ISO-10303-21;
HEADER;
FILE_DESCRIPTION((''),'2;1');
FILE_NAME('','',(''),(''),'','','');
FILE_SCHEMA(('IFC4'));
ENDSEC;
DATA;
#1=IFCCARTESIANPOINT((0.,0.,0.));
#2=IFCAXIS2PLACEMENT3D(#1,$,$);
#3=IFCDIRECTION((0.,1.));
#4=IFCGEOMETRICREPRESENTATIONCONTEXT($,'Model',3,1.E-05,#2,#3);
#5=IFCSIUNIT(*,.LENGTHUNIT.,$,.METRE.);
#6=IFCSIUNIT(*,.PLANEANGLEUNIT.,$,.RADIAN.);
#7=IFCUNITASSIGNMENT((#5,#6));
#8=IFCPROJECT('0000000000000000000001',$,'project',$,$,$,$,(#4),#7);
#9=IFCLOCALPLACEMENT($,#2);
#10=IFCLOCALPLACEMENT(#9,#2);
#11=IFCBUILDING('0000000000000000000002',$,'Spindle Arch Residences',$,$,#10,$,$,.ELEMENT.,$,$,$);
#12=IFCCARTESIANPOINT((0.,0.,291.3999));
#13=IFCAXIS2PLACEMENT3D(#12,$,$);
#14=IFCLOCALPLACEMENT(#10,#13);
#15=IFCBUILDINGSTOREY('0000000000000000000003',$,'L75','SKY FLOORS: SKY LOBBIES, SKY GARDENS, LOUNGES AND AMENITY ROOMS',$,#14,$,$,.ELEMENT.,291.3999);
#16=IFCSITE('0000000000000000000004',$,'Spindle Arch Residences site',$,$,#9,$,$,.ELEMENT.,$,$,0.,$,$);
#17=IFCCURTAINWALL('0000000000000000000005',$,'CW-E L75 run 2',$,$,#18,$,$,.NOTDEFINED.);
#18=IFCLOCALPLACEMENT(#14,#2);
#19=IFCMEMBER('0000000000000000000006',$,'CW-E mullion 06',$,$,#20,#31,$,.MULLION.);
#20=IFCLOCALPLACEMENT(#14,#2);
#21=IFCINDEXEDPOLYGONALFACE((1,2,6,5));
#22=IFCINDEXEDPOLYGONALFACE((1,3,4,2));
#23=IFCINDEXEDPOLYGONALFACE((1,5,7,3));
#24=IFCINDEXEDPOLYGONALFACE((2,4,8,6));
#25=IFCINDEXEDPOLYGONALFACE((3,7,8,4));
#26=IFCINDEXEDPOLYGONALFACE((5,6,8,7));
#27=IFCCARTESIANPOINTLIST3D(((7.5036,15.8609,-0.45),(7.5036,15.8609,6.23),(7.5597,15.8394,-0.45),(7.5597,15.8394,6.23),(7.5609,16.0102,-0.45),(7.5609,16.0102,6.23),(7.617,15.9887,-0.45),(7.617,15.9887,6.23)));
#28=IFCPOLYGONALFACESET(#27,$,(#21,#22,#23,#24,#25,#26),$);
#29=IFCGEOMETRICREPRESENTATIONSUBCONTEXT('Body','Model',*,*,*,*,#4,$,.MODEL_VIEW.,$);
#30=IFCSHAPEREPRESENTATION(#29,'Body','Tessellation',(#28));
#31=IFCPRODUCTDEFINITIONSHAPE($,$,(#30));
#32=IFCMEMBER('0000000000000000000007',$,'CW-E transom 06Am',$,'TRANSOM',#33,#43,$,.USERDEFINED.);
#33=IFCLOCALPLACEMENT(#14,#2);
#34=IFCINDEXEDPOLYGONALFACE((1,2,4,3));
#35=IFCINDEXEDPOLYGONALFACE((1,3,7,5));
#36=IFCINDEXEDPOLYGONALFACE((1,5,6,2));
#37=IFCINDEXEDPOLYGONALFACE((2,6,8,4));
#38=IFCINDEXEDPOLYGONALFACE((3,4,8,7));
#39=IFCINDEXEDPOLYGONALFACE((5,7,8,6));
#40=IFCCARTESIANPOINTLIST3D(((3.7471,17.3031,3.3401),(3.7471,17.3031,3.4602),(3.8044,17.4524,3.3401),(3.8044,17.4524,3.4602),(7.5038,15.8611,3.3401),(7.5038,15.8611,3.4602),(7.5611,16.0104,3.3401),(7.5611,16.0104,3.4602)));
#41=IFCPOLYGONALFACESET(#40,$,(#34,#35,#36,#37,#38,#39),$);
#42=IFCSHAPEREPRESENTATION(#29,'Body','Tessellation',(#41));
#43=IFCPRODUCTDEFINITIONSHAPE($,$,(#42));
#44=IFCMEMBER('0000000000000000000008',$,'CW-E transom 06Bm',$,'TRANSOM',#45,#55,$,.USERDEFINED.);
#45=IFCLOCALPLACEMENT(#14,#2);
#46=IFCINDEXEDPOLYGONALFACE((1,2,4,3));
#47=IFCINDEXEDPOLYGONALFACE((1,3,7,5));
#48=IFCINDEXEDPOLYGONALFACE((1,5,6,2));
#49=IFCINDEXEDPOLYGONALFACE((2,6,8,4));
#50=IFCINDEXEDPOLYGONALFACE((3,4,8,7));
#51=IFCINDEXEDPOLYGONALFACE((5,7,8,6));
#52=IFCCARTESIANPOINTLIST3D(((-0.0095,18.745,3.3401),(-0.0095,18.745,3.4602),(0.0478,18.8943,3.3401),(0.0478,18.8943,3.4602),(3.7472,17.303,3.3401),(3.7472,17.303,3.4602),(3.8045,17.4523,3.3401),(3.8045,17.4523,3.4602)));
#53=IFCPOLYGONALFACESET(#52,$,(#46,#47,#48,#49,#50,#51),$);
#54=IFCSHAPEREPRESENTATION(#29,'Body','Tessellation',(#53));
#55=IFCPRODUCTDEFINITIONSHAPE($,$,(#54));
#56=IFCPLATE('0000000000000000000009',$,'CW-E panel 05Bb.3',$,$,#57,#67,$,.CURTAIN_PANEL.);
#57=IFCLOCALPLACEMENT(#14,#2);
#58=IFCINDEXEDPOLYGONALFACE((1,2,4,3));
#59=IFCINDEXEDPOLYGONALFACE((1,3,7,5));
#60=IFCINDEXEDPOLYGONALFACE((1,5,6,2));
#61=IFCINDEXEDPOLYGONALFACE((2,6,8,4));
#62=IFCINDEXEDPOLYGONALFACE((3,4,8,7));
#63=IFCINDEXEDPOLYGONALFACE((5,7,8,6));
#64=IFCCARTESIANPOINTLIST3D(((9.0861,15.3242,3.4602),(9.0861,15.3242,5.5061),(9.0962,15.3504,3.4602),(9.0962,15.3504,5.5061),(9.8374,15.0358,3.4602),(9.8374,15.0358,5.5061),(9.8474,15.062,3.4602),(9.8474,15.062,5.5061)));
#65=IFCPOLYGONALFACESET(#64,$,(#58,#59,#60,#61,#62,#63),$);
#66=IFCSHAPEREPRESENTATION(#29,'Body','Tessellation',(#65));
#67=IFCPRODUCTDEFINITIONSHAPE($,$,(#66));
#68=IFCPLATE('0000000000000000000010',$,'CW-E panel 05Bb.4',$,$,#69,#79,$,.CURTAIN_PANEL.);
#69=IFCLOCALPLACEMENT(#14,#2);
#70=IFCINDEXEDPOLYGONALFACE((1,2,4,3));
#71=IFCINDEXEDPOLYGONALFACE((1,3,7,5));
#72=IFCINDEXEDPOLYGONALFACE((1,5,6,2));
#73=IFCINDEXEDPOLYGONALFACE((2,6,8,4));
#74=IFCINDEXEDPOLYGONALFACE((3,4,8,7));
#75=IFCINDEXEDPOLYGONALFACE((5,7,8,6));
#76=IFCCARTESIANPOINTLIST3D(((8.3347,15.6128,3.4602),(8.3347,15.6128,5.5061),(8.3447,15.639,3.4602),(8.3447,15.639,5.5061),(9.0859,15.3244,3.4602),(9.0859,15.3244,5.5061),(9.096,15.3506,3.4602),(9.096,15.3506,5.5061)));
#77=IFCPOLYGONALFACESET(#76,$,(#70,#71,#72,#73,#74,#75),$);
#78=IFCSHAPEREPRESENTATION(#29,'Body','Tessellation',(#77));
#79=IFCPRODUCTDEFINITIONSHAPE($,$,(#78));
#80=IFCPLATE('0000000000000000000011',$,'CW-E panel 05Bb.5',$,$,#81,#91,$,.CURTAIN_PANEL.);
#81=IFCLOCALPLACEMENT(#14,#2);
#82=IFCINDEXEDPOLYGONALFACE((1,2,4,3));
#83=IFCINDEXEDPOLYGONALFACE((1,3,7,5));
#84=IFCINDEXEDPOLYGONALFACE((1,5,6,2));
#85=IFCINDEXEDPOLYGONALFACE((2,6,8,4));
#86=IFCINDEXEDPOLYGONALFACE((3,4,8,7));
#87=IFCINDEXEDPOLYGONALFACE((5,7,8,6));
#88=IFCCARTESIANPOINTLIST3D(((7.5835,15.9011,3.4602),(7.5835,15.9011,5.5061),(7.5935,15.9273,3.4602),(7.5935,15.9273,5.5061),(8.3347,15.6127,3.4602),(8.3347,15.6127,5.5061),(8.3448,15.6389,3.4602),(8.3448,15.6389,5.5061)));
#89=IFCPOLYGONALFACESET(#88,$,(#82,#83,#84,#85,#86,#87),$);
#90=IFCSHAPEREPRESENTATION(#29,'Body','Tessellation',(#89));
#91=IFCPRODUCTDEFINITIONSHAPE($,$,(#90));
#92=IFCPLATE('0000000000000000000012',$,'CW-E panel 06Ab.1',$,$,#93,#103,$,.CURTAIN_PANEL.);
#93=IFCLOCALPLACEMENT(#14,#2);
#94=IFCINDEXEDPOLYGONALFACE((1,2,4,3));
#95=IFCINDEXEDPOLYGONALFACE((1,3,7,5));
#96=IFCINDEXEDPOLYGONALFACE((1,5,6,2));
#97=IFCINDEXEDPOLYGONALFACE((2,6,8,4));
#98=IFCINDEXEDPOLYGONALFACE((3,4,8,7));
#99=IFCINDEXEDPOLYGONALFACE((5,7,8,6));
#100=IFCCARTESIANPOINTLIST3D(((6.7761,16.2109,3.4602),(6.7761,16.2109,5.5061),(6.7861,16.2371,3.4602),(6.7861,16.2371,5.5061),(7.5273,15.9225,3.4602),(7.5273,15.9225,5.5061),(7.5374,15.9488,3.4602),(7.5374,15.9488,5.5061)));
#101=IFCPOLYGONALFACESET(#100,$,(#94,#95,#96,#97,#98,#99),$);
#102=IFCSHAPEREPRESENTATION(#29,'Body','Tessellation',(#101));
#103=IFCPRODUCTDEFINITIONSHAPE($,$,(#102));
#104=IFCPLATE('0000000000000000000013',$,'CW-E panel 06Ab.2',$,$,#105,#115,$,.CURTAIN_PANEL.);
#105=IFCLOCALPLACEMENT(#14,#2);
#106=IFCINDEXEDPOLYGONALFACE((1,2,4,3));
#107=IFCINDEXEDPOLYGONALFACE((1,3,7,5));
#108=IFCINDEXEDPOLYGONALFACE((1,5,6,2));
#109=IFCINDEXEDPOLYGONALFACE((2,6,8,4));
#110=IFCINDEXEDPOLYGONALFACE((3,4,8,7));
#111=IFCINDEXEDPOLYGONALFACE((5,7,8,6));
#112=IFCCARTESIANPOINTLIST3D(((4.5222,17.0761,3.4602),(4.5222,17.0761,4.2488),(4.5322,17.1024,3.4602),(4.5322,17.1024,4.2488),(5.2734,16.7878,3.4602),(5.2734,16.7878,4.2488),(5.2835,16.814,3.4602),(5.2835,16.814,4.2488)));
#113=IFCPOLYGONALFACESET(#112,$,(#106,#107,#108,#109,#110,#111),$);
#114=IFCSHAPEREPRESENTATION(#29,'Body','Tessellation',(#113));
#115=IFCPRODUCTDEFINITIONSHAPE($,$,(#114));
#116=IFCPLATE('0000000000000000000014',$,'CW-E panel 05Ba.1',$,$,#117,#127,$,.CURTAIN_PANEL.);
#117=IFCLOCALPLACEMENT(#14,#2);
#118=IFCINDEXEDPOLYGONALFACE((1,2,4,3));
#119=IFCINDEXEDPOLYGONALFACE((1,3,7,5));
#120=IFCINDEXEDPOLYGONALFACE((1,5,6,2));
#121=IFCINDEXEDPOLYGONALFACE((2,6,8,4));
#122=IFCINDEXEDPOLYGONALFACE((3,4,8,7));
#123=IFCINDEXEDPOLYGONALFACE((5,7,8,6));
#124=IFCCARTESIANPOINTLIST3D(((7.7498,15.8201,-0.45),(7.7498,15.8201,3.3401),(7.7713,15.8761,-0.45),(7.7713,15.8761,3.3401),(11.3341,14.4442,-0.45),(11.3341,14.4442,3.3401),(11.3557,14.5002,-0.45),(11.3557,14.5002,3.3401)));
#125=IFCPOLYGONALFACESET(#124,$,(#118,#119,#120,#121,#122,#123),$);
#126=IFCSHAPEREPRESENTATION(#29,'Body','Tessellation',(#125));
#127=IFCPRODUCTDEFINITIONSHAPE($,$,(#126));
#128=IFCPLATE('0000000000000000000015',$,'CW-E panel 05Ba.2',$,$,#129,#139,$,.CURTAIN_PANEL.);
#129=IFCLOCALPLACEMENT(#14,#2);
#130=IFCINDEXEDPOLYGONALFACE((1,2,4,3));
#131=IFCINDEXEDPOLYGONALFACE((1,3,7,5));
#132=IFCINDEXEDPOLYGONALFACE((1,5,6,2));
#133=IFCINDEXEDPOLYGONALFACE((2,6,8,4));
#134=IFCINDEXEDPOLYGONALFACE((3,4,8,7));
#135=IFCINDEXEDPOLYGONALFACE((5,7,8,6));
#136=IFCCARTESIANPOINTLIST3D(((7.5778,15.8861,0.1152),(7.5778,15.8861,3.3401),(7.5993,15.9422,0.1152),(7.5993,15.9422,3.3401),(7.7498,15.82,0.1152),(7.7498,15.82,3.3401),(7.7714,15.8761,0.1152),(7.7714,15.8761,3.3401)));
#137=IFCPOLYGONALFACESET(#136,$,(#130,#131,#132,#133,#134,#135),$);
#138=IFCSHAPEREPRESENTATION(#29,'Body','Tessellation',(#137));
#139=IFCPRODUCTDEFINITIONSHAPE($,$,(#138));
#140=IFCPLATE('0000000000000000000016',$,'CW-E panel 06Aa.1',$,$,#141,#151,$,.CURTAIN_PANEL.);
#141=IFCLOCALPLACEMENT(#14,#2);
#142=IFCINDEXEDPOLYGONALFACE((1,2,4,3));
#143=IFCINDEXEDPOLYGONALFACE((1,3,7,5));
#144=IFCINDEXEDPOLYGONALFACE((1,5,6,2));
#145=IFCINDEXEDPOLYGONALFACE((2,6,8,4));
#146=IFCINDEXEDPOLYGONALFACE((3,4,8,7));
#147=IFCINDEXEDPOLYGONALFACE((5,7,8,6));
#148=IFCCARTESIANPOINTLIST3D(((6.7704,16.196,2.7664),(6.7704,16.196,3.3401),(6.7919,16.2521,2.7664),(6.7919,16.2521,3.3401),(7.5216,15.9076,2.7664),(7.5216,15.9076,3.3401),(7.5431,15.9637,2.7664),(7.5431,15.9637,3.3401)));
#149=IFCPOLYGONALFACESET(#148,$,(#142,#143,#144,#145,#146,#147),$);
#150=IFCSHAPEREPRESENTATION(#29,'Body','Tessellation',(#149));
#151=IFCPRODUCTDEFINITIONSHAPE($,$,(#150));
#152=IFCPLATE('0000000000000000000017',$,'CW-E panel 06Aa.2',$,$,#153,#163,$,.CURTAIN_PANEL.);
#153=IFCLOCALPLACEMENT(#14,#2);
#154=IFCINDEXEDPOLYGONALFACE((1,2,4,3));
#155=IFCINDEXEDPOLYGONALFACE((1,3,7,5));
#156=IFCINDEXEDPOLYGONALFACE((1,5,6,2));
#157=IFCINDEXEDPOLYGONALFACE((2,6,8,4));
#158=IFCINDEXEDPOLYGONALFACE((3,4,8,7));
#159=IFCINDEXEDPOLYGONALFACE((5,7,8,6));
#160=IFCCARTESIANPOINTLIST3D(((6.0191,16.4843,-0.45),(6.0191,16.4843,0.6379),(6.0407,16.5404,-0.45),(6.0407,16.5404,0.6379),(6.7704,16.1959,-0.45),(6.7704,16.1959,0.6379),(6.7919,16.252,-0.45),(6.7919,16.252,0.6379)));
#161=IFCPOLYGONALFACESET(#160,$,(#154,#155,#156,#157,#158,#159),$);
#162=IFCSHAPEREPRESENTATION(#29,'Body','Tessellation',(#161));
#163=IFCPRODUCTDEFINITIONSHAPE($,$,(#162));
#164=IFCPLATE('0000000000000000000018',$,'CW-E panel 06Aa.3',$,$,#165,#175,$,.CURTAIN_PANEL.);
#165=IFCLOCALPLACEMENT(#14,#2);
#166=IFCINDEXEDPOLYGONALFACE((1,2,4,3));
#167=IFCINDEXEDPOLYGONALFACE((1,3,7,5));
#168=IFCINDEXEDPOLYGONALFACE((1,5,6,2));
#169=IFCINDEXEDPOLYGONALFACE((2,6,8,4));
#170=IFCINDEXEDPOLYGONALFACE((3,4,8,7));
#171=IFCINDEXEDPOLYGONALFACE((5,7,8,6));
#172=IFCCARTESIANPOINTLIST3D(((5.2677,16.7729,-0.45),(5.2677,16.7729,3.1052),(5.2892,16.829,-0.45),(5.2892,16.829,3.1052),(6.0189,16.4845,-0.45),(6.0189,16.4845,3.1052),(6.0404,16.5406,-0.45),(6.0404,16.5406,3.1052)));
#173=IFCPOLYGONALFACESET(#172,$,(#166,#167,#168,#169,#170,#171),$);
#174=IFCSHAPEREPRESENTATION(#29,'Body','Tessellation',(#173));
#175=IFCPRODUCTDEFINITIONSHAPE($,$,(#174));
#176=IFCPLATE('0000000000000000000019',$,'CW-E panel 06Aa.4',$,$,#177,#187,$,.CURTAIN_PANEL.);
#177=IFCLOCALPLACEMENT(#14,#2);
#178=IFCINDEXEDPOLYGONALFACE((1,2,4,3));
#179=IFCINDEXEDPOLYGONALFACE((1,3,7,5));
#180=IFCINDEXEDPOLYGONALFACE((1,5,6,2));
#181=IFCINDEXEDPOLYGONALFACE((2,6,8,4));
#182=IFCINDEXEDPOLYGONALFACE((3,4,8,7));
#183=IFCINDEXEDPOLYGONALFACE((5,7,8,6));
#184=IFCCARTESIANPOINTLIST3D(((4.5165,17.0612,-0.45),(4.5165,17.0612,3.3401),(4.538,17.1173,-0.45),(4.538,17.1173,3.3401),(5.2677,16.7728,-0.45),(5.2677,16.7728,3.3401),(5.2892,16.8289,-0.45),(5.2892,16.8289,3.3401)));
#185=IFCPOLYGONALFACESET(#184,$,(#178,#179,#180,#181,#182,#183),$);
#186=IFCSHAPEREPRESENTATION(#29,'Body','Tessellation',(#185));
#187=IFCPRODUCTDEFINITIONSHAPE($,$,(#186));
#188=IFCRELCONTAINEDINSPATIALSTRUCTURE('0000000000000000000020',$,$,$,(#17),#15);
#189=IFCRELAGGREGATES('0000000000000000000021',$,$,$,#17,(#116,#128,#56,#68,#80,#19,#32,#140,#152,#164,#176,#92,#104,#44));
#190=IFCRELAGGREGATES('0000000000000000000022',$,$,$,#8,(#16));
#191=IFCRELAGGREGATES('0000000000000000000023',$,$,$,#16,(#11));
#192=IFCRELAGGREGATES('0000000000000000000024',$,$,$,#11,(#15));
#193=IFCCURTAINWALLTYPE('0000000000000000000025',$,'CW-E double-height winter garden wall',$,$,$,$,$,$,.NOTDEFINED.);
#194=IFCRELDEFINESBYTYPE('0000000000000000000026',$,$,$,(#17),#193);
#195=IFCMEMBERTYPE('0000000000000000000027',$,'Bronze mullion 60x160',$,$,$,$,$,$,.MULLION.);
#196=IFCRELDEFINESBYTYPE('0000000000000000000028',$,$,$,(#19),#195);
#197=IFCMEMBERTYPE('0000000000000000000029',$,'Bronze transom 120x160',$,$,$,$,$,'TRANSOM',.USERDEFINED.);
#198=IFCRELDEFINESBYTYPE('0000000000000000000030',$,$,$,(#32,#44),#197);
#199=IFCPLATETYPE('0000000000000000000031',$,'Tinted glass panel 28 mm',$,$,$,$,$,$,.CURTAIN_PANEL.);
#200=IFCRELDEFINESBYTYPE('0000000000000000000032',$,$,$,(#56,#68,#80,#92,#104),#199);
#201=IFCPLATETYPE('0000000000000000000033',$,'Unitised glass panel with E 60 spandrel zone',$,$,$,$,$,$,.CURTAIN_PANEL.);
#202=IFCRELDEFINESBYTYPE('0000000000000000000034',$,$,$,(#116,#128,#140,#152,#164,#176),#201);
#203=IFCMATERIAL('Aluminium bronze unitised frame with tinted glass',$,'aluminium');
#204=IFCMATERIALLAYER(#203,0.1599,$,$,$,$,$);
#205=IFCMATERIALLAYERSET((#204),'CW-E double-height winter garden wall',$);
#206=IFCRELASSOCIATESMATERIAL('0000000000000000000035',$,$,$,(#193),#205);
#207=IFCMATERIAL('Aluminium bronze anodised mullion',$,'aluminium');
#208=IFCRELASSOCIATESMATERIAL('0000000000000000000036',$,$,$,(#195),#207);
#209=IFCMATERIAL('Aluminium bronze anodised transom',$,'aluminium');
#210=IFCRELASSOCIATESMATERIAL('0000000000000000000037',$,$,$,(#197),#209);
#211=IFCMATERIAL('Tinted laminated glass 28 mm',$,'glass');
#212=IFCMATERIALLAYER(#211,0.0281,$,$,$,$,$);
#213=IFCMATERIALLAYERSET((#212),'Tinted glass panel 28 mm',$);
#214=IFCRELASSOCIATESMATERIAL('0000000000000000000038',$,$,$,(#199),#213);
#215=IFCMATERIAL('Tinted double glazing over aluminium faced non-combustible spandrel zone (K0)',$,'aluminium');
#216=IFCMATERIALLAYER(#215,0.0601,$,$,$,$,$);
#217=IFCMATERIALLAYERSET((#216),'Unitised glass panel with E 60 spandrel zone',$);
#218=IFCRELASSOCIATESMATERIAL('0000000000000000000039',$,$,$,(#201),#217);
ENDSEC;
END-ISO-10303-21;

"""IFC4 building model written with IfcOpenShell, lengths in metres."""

from ifc_helpers import new_model, si_unit, direction, frame, origin, origin_2d, place, context, subcontext, project, spatial, rectangle, extrude, material, layer, layer_set, material_profile, profile_set, type_object, element, aggregate, save


model = new_model("IFC4")

# Units and contexts
model_context = context("Model", 3, precision=1e-05, world=origin(), true_north=direction((0.0, 1.0)))
body_context = subcontext(model_context, "Body", "Model", "MODEL_VIEW")
ifc_project = project(units=[si_unit("LENGTHUNIT", "METRE"), si_unit("PLANEANGLEUNIT", "RADIAN")], contexts=[model_context])

# Site, building, storey
site_placement = place(None, origin())
site = spatial("IfcSite", under=ifc_project, at=site_placement, Name="Spindle Arch Residences site", CompositionType="ELEMENT", RefElevation=0.0)
building_placement = place(site_placement, origin())
building = spatial("IfcBuilding", under=site, at=building_placement, Name="Spindle Arch Residences", CompositionType="ELEMENT")
storey_placement = place(building_placement, frame((0.0, 0.0, 291.3999)))
storey = spatial("IfcBuildingStorey", under=building, at=storey_placement, Name="L75", Description="SKY FLOORS: SKY LOBBIES, SKY GARDENS, LOUNGES AND AMENITY ROOMS", CompositionType="ELEMENT", Elevation=291.3999)

# Curtain wall, members, plates
ifc_material_1 = material(Name="Aluminium bronze unitised frame with tinted glass", Category="aluminium")
ifc_layer_1 = layer(ifc_material_1, 0.1599)
ifc_layer_set_1 = layer_set([ifc_layer_1], Name="CW-E double-height winter garden wall")
curtain_wall_type = type_object("IfcCurtainWallType", Name="CW-E double-height winter garden wall", PredefinedType="NOTDEFINED", material=ifc_layer_set_1)
curtain_wall_placement = place(storey_placement, origin())
curtain_wall = element("IfcCurtainWall", 1, at=curtain_wall_placement, inside=storey, type_object=curtain_wall_type, Name="CW-E L75 run 2", PredefinedType="NOTDEFINED")
ifc_material_2 = material(Name="Aluminium bronze anodised mullion", Category="aluminium")
ifc_material_profile_1 = material_profile(ifc_material_2, rectangle(XDim=0.1599, YDim=0.0601, at=origin_2d()), Name="MU 60x160")
ifc_profile_set_1 = profile_set([ifc_material_profile_1], Name="Aluminium bronze anodised mullion")
member_type_1 = type_object("IfcMemberType", Name="Bronze mullion 60x160", PredefinedType="MULLION", material=ifc_profile_set_1)
member_1_placement = place(storey_placement, frame((7.5603, 15.9248, -0.45), z_axis=(0.0, 0.0, 1.0), x_axis=(-0.358368, -0.93358, 0.0)))
member_1 = element("IfcMember", 2, at=member_1_placement, type_object=member_type_1, Name="CW-E mullion 06", PredefinedType="MULLION", context=body_context, shape_type="SweptSolid", body=[
    extrude(rectangle(XDim=0.1599, YDim=0.0601, at=origin_2d()), origin(), (0.0, 0.0, 1.0), 6.6799),
])
ifc_material_3 = material(Name="Aluminium bronze anodised transom", Category="aluminium")
ifc_material_profile_2 = material_profile(ifc_material_3, rectangle(XDim=0.1599, YDim=0.1201, at=origin_2d()), Name="TR 120x160")
ifc_profile_set_2 = profile_set([ifc_material_profile_2], Name="Aluminium bronze anodised transom")
member_type_2 = type_object("IfcMemberType", Name="Bronze transom 120x160", ElementType="TRANSOM", PredefinedType="USERDEFINED", material=ifc_profile_set_2)
member_2_placement = place(storey_placement, frame((7.5325, 15.9358, 3.4001), z_axis=(-0.933591, 0.358341, 0.0), x_axis=(-0.358341, -0.933591, 0.0)))
member_2 = element("IfcMember", 3, at=member_2_placement, type_object=member_type_2, Name="CW-E transom 06Am", ObjectType="TRANSOM", PredefinedType="USERDEFINED", context=body_context, shape_type="SweptSolid", body=[
    extrude(rectangle(XDim=0.1599, YDim=0.1201, at=origin_2d()), origin(), (0.0, 0.0, 1.0), 4.0239),
])
member_3_placement = place(storey_placement, frame((3.7759, 17.3777, 3.4001), z_axis=(-0.933591, 0.358341, 0.0), x_axis=(-0.358341, -0.933591, 0.0)))
member_3 = element("IfcMember", 4, at=member_3_placement, type_object=member_type_2, Name="CW-E transom 06Bm", ObjectType="TRANSOM", PredefinedType="USERDEFINED", context=body_context, shape_type="SweptSolid", body=[
    extrude(rectangle(XDim=0.1599, YDim=0.1201, at=origin_2d()), origin(), (0.0, 0.0, 1.0), 4.0239),
])
ifc_material_4 = material(Name="Tinted laminated glass 28 mm", Category="glass")
ifc_layer_2 = layer(ifc_material_4, 0.0281)
ifc_layer_set_2 = layer_set([ifc_layer_2], Name="Tinted glass panel 28 mm")
plate_type_1 = type_object("IfcPlateType", Name="Tinted glass panel 28 mm", PredefinedType="CURTAIN_PANEL", material=ifc_layer_set_2)
plate_1_placement = place(storey_placement, frame((9.4668, 15.1931, 3.4602), z_axis=(0.0, 0.0, 1.0), x_axis=(-0.93358, 0.358368, 0.0)))
plate_1 = element("IfcPlate", 5, at=plate_1_placement, type_object=plate_type_1, Name="CW-E panel 05Bb.3", PredefinedType="CURTAIN_PANEL", context=body_context, shape_type="SweptSolid", body=[
    extrude(rectangle(XDim=0.8047, YDim=0.0281, at=origin_2d()), origin(), (0.0, 0.0, 1.0), 2.0459),
])
plate_2_placement = place(storey_placement, frame((8.7153, 15.4817, 3.4602), z_axis=(0.0, 0.0, 1.0), x_axis=(-0.93358, 0.358368, 0.0)))
plate_2 = element("IfcPlate", 6, at=plate_2_placement, type_object=plate_type_1, Name="CW-E panel 05Bb.4", PredefinedType="CURTAIN_PANEL", context=body_context, shape_type="SweptSolid", body=[
    extrude(rectangle(XDim=0.8047, YDim=0.0281, at=origin_2d()), origin(), (0.0, 0.0, 1.0), 2.0459),
])
plate_3_placement = place(storey_placement, frame((7.9641, 15.77, 3.4602), z_axis=(0.0, 0.0, 1.0), x_axis=(-0.93358, 0.358368, 0.0)))
plate_3 = element("IfcPlate", 7, at=plate_3_placement, type_object=plate_type_1, Name="CW-E panel 05Bb.5", PredefinedType="CURTAIN_PANEL", context=body_context, shape_type="SweptSolid", body=[
    extrude(rectangle(XDim=0.8047, YDim=0.0281, at=origin_2d()), origin(), (0.0, 0.0, 1.0), 2.0459),
])
plate_4_placement = place(storey_placement, frame((7.1567, 16.0798, 3.4602), z_axis=(0.0, 0.0, 1.0), x_axis=(-0.93358, 0.358368, 0.0)))
plate_4 = element("IfcPlate", 8, at=plate_4_placement, type_object=plate_type_1, Name="CW-E panel 06Ab.1", PredefinedType="CURTAIN_PANEL", context=body_context, shape_type="SweptSolid", body=[
    extrude(rectangle(XDim=0.8047, YDim=0.0281, at=origin_2d()), origin(), (0.0, 0.0, 1.0), 2.0459),
])
plate_5_placement = place(storey_placement, frame((4.9028, 16.9451, 3.4602), z_axis=(0.0, 0.0, 1.0), x_axis=(-0.93358, 0.358368, 0.0)))
plate_5 = element("IfcPlate", 9, at=plate_5_placement, type_object=plate_type_1, Name="CW-E panel 06Ab.2", PredefinedType="CURTAIN_PANEL", context=body_context, shape_type="SweptSolid", body=[
    extrude(rectangle(XDim=0.8047, YDim=0.0281, at=origin_2d()), origin(), (0.0, 0.0, 1.0), 0.7886),
])
ifc_material_5 = material(Name="Tinted double glazing over aluminium faced non-combustible spandrel zone (K0)", Category="aluminium")
ifc_layer_3 = layer(ifc_material_5, 0.0601)
ifc_layer_set_3 = layer_set([ifc_layer_3], Name="Unitised glass panel with E 60 spandrel zone")
plate_type_2 = type_object("IfcPlateType", Name="Unitised glass panel with E 60 spandrel zone", PredefinedType="CURTAIN_PANEL", material=ifc_layer_set_3)
plate_6_placement = place(storey_placement, frame((9.5527, 15.1602, -0.45), z_axis=(0.0, 0.0, 1.0), x_axis=(-0.93358, 0.358368, 0.0)))
plate_6 = element("IfcPlate", 10, at=plate_6_placement, type_object=plate_type_2, Name="CW-E panel 05Ba.1", PredefinedType="CURTAIN_PANEL", context=body_context, shape_type="SweptSolid", body=[
    extrude(rectangle(XDim=3.8394, YDim=0.0601, at=origin_2d()), origin(), (0.0, 0.0, 1.0), 3.79),
])
plate_7_placement = place(storey_placement, frame((7.6746, 15.8811, 0.1152), z_axis=(0.0, 0.0, 1.0), x_axis=(-0.93358, 0.358368, 0.0)))
plate_7 = element("IfcPlate", 11, at=plate_7_placement, type_object=plate_type_2, Name="CW-E panel 05Ba.2", PredefinedType="CURTAIN_PANEL", context=body_context, shape_type="SweptSolid", body=[
    extrude(rectangle(XDim=0.1843, YDim=0.0601, at=origin_2d()), origin(), (0.0, 0.0, 1.0), 3.2249),
])
plate_8_placement = place(storey_placement, frame((7.1567, 16.0798, 2.7664), z_axis=(0.0, 0.0, 1.0), x_axis=(-0.93358, 0.358368, 0.0)))
plate_8 = element("IfcPlate", 12, at=plate_8_placement, type_object=plate_type_2, Name="CW-E panel 06Aa.1", PredefinedType="CURTAIN_PANEL", context=body_context, shape_type="SweptSolid", body=[
    extrude(rectangle(XDim=0.8047, YDim=0.0601, at=origin_2d()), origin(), (0.0, 0.0, 1.0), 0.5737),
])
plate_9_placement = place(storey_placement, frame((6.4055, 16.3682, -0.45), z_axis=(0.0, 0.0, 1.0), x_axis=(-0.93358, 0.358368, 0.0)))
plate_9 = element("IfcPlate", 13, at=plate_9_placement, type_object=plate_type_2, Name="CW-E panel 06Aa.2", PredefinedType="CURTAIN_PANEL", context=body_context, shape_type="SweptSolid", body=[
    extrude(rectangle(XDim=0.8047, YDim=0.0601, at=origin_2d()), origin(), (0.0, 0.0, 1.0), 1.0879),
])
plate_10_placement = place(storey_placement, frame((5.6541, 16.6567, -0.45), z_axis=(0.0, 0.0, 1.0), x_axis=(-0.93358, 0.358368, 0.0)))
plate_10 = element("IfcPlate", 14, at=plate_10_placement, type_object=plate_type_2, Name="CW-E panel 06Aa.3", PredefinedType="CURTAIN_PANEL", context=body_context, shape_type="SweptSolid", body=[
    extrude(rectangle(XDim=0.8047, YDim=0.0601, at=origin_2d()), origin(), (0.0, 0.0, 1.0), 3.5552),
])
plate_11_placement = place(storey_placement, frame((4.9028, 16.9451, -0.45), z_axis=(0.0, 0.0, 1.0), x_axis=(-0.93358, 0.358368, 0.0)))
plate_11 = element("IfcPlate", 15, at=plate_11_placement, type_object=plate_type_2, Name="CW-E panel 06Aa.4", PredefinedType="CURTAIN_PANEL", context=body_context, shape_type="SweptSolid", body=[
    extrude(rectangle(XDim=0.8047, YDim=0.0601, at=origin_2d()), origin(), (0.0, 0.0, 1.0), 3.79),
])
aggregate(curtain_wall, [plate_6, plate_7, plate_1, plate_2, plate_3, member_1, member_2, plate_8, plate_9, plate_10, plate_11, plate_4, plate_5, member_3])

save(model, "model.ifc")
